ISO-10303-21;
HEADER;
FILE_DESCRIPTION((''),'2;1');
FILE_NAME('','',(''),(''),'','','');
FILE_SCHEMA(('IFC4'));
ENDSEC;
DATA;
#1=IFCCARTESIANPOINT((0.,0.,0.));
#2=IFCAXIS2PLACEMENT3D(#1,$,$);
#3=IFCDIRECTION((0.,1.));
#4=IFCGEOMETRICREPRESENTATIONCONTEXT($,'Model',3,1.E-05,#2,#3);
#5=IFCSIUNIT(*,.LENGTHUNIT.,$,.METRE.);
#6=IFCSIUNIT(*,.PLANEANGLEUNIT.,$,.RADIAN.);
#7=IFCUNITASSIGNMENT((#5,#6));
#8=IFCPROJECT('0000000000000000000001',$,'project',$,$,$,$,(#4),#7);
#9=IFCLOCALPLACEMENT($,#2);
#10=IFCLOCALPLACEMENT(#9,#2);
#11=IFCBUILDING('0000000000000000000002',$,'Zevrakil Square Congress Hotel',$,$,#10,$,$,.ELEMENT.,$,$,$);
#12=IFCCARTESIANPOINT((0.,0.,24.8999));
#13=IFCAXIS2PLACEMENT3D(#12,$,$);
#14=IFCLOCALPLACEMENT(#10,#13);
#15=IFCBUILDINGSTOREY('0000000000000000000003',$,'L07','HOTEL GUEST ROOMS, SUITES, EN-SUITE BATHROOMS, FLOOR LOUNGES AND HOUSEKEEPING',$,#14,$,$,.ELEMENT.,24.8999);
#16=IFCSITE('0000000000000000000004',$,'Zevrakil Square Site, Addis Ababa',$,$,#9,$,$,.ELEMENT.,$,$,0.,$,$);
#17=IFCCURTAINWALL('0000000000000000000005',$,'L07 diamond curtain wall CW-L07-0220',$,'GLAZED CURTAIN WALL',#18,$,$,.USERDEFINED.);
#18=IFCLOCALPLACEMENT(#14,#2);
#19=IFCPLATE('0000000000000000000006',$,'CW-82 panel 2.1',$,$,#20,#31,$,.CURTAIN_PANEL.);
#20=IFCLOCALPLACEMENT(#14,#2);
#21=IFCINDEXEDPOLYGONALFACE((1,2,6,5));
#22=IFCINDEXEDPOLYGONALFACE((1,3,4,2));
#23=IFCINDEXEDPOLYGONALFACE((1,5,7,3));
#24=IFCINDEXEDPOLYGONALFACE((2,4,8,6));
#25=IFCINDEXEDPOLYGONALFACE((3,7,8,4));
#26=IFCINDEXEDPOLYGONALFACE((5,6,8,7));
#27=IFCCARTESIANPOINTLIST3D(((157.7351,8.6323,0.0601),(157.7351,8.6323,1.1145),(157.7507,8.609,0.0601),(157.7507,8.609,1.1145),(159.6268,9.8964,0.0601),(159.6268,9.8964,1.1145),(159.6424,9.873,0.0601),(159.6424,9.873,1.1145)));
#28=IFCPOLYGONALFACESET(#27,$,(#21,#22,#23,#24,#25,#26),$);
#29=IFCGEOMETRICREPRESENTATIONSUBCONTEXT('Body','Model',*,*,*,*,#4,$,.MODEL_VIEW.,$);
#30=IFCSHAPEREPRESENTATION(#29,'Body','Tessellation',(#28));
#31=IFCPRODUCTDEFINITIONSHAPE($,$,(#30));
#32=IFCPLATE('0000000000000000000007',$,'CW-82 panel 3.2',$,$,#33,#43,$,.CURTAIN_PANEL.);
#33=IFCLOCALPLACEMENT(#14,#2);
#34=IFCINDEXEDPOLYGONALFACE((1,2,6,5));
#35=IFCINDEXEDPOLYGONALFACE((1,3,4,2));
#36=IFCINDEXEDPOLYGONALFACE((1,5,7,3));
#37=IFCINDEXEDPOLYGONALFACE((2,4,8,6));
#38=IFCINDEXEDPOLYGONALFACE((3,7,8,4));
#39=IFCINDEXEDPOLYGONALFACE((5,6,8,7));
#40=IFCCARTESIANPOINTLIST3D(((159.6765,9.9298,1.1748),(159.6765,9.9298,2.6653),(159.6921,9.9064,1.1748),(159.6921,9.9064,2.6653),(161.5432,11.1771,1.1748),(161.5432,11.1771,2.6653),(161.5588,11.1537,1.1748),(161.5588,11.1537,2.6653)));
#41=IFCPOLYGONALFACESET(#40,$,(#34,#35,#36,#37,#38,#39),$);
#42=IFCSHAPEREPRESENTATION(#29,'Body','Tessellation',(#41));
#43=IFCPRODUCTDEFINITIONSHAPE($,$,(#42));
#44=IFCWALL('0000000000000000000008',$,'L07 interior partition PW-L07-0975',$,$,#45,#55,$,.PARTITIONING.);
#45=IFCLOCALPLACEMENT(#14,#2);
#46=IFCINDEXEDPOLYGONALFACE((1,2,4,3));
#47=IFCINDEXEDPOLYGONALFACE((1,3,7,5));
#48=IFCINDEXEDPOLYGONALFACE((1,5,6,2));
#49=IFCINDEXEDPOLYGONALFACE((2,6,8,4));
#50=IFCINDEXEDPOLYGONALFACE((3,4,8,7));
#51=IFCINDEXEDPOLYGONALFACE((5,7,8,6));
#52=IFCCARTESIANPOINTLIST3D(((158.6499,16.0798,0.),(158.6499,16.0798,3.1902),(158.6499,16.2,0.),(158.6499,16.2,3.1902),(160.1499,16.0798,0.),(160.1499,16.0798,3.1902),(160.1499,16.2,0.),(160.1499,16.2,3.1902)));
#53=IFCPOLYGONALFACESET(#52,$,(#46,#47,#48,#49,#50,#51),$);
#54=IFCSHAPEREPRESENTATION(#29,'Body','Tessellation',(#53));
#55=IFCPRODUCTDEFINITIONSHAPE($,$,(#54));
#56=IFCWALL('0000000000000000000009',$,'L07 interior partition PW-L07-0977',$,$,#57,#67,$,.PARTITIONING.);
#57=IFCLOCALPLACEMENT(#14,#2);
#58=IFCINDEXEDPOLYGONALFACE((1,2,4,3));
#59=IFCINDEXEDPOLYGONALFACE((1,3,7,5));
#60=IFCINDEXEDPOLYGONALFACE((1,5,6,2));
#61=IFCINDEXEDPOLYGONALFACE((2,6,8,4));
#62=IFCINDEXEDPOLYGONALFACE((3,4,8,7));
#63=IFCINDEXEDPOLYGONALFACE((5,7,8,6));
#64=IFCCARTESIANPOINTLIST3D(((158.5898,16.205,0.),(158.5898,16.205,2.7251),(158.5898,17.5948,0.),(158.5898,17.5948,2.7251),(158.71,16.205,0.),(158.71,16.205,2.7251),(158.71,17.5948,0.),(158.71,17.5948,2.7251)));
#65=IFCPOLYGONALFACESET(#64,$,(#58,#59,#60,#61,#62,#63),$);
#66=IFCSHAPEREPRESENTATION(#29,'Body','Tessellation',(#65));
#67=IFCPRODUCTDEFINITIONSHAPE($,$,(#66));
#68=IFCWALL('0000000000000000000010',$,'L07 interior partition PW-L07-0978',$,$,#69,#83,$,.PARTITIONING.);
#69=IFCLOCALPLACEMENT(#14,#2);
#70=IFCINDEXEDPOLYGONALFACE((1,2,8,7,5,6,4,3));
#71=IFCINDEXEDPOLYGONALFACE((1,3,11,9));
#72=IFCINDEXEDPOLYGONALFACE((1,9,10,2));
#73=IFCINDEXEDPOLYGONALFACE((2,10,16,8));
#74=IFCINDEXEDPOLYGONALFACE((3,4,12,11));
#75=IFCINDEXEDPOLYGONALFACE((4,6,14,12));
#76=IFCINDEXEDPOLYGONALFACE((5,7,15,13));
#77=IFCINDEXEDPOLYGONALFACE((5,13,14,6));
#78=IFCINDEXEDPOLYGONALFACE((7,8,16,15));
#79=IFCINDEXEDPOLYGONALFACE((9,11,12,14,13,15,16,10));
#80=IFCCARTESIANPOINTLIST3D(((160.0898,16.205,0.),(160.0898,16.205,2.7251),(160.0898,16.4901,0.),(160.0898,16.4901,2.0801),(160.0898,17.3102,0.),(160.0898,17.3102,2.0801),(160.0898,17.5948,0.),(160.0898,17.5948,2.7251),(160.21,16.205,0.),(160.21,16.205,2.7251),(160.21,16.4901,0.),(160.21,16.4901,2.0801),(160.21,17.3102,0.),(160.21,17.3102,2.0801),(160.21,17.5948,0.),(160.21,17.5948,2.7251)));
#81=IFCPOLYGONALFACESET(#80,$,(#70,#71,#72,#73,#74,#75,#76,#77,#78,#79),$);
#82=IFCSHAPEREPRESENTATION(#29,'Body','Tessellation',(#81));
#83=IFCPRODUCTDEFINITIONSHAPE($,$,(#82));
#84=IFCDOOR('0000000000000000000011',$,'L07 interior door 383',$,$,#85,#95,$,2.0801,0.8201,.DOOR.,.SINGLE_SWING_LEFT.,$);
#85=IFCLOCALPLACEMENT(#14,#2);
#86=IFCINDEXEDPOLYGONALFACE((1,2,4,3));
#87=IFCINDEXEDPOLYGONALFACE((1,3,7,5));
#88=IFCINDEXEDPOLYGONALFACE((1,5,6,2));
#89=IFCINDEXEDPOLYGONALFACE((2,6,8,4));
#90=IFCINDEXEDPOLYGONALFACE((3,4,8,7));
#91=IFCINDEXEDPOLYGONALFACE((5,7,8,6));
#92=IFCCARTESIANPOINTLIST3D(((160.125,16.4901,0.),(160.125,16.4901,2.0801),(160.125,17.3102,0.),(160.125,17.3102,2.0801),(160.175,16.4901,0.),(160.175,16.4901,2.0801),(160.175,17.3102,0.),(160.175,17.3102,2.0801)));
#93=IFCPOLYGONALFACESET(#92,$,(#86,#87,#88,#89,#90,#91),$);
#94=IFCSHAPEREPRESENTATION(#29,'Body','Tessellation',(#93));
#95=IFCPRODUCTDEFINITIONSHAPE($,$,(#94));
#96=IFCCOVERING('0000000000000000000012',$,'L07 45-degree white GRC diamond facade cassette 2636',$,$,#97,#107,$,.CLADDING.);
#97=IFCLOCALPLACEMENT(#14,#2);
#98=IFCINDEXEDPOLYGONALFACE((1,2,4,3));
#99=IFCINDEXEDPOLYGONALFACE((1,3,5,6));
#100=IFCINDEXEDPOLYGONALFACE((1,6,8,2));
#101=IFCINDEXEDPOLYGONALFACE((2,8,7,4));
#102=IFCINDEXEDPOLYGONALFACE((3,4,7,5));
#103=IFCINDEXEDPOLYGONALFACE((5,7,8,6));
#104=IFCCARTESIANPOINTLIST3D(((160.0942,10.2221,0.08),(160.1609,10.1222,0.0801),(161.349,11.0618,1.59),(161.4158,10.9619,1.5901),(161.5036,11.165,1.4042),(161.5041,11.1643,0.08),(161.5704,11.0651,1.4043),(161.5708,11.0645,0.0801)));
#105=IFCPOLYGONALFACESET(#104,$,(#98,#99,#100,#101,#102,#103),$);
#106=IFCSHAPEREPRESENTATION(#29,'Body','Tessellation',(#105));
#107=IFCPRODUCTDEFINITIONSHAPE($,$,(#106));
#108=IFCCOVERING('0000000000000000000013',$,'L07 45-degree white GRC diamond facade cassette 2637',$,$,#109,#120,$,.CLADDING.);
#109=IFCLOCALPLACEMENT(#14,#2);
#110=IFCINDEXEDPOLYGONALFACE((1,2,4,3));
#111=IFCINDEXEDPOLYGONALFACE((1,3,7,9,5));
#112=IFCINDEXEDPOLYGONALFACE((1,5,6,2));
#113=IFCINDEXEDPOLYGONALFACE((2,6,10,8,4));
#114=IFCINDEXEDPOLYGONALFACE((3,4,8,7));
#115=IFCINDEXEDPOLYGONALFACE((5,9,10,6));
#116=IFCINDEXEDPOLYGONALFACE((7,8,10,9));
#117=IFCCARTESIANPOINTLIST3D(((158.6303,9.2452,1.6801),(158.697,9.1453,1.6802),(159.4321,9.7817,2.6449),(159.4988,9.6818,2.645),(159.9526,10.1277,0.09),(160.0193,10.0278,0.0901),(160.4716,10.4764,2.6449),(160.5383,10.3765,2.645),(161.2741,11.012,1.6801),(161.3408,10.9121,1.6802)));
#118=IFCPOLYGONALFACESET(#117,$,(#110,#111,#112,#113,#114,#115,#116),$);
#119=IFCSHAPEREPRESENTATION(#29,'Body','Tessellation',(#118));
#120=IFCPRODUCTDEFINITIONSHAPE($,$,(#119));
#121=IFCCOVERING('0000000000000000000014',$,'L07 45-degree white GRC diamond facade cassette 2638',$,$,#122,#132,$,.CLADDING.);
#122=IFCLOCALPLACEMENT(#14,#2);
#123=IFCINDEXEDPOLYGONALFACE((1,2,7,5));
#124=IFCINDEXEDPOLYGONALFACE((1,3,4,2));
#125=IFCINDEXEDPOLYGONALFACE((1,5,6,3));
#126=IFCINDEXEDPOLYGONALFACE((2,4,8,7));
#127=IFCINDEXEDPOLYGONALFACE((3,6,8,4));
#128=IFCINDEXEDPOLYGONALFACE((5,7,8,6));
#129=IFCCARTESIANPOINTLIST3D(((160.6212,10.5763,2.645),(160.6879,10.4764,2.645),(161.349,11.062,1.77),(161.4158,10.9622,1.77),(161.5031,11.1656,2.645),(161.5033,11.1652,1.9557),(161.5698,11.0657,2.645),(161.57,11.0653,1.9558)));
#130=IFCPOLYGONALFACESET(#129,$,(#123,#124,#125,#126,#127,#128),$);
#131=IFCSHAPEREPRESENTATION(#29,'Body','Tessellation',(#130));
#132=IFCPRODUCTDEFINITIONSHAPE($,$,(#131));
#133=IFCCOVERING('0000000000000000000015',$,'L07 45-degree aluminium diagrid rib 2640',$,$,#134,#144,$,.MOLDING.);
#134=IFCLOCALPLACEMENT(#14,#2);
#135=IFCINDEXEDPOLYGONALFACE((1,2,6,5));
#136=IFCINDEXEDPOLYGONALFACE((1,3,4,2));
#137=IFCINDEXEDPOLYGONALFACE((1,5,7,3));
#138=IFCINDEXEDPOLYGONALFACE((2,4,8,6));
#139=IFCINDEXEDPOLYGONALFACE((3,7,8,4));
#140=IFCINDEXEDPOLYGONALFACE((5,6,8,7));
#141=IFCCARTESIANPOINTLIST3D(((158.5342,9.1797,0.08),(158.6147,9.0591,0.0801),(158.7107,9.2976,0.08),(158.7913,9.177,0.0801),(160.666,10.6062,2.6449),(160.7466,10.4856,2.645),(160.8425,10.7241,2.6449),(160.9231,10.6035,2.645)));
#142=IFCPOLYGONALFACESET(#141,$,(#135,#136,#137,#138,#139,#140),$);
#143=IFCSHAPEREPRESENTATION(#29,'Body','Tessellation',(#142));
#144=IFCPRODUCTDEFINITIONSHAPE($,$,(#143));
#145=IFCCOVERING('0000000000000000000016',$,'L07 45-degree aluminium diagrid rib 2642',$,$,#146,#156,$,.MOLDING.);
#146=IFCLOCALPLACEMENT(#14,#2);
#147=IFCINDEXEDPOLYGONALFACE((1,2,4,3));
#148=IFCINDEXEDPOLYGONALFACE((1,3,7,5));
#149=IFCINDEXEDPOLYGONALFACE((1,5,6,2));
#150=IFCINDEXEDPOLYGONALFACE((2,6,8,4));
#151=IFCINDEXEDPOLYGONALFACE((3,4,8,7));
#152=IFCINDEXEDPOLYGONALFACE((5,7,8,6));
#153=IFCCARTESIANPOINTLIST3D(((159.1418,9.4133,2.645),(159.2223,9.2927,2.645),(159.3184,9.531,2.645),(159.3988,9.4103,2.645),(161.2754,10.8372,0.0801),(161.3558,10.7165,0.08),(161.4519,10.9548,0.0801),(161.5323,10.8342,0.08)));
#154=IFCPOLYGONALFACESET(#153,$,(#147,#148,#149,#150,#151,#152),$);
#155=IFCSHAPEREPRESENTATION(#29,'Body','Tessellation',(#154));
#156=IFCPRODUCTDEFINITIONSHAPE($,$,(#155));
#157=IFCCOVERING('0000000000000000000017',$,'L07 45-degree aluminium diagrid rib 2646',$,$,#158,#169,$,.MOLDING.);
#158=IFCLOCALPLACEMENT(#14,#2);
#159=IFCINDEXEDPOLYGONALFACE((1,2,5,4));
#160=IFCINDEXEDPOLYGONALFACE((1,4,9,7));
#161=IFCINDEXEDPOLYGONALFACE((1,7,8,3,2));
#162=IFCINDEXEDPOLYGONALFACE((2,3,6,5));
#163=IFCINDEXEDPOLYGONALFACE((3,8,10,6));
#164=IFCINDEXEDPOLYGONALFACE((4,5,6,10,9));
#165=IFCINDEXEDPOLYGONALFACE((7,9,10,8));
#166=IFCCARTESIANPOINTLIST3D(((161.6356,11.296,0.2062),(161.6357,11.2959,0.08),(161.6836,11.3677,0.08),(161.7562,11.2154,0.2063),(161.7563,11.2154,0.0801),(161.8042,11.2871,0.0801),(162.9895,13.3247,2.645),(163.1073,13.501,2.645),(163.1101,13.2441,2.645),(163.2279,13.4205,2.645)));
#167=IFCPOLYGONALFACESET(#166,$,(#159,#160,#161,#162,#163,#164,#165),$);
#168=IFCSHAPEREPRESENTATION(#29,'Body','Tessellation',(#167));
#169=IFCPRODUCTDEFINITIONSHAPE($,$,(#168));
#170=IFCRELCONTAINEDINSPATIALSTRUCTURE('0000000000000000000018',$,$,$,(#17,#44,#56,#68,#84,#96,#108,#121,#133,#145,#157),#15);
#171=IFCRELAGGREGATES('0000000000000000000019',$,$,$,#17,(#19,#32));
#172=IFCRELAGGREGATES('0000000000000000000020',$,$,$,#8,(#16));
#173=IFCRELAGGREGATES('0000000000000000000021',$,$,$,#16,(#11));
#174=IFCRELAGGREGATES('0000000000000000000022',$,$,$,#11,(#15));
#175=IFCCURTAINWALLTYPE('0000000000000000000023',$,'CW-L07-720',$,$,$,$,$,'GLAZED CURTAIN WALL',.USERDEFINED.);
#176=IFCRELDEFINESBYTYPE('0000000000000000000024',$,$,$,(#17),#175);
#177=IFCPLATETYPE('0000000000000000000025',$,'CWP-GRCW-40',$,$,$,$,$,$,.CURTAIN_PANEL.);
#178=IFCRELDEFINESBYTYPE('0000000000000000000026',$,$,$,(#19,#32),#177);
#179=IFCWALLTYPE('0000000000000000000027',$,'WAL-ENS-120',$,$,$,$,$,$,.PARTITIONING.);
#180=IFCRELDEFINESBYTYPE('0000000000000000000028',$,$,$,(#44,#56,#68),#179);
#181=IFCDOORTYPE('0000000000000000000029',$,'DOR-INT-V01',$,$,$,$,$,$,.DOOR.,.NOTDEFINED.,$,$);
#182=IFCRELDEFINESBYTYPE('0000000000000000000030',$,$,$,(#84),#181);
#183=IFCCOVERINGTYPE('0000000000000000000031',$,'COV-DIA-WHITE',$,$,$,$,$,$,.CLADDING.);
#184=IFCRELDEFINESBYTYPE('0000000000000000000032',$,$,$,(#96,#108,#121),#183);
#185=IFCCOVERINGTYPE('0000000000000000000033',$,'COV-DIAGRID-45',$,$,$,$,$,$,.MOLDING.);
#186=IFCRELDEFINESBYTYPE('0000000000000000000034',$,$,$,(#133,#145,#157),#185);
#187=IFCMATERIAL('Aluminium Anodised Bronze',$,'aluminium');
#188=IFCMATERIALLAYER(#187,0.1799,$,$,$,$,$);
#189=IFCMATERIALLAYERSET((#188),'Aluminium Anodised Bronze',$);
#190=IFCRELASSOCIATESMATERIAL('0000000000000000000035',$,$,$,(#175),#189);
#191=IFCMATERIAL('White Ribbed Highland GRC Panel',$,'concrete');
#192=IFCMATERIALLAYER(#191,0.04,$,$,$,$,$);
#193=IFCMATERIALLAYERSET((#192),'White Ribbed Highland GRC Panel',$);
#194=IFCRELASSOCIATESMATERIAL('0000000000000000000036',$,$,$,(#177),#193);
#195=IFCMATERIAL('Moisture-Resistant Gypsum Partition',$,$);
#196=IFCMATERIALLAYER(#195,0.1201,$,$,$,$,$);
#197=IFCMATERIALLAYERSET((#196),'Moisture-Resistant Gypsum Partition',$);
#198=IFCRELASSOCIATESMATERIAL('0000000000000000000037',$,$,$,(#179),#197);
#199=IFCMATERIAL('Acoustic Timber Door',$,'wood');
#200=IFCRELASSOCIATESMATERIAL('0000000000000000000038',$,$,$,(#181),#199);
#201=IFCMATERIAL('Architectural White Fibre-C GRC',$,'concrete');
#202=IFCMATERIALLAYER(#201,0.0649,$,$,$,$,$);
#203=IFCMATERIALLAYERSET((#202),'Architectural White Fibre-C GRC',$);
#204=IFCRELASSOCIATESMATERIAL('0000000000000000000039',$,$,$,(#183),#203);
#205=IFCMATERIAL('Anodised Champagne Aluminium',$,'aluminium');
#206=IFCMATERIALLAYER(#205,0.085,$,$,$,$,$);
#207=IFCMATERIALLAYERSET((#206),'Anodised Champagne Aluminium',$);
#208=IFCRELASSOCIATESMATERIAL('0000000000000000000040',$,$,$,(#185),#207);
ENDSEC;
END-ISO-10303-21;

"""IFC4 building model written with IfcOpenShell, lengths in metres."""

from ifc_helpers import new_model, si_unit, direction, frame, frame_2d, origin, origin_2d, place, context, subcontext, project, spatial, polyline, rectangle, outline, extrude, material, layer, layer_set, type_object, element, fill, aggregate, save


model = new_model("IFC4")

# Units and contexts
model_context = context("Model", 3, precision=1e-05, world=origin(), true_north=direction((0.0, 1.0)))
body_context = subcontext(model_context, "Body", "Model", "MODEL_VIEW")
ifc_project = project(units=[si_unit("LENGTHUNIT", "METRE"), si_unit("PLANEANGLEUNIT", "RADIAN")], contexts=[model_context])

# Site, building, storey
site_placement = place(None, origin())
site = spatial("IfcSite", under=ifc_project, at=site_placement, Name="Zevrakil Square Site, Addis Ababa", CompositionType="ELEMENT", RefElevation=0.0)
building_placement = place(site_placement, origin())
building = spatial("IfcBuilding", under=site, at=building_placement, Name="Zevrakil Square Congress Hotel", CompositionType="ELEMENT")
storey_placement = place(building_placement, frame((0.0, 0.0, 24.8999)))
storey = spatial("IfcBuildingStorey", under=building, at=storey_placement, Name="L07", Description="HOTEL GUEST ROOMS, SUITES, EN-SUITE BATHROOMS, FLOOR LOUNGES AND HOUSEKEEPING", CompositionType="ELEMENT", Elevation=24.8999)

# Curtain wall
ifc_material_1 = material(Name="Aluminium Anodised Bronze", Category="aluminium")
ifc_layer_1 = layer(ifc_material_1, 0.1799)
ifc_layer_set_1 = layer_set([ifc_layer_1], Name="Aluminium Anodised Bronze")
curtain_wall_type = type_object("IfcCurtainWallType", Name="CW-L07-720", ElementType="GLAZED CURTAIN WALL", PredefinedType="USERDEFINED", material=ifc_layer_set_1)
curtain_wall_1_placement = place(storey_placement, origin())
curtain_wall_1 = element("IfcCurtainWall", 1, at=curtain_wall_1_placement, inside=storey, type_object=curtain_wall_type, Name="L07 diamond curtain wall CW-L07-0220", ObjectType="GLAZED CURTAIN WALL", PredefinedType="USERDEFINED")

# Plates
ifc_material_2 = material(Name="White Ribbed Highland GRC Panel", Category="concrete")
ifc_layer_2 = layer(ifc_material_2, 0.04)
ifc_layer_set_2 = layer_set([ifc_layer_2], Name="White Ribbed Highland GRC Panel")
plate_type_1 = type_object("IfcPlateType", Name="CWP-GRCW-40", PredefinedType="CURTAIN_PANEL", material=ifc_layer_set_2)
plate_1_placement = place(storey_placement, frame((158.6887, 9.2527, 0.0601), z_axis=(0.0, 0.0, 1.0), x_axis=(0.831466, 0.555576, 0.0)))
plate_1 = element("IfcPlate", 2, at=plate_1_placement, type_object=plate_type_1, Name="CW-82 panel 2.1", PredefinedType="CURTAIN_PANEL", context=body_context, shape_type="SweptSolid", body=[
    extrude(rectangle(XDim=2.2751, YDim=0.0281, at=origin_2d()), origin(), (0.0, 0.0, 1.0), 1.0544),
])
plate_2_placement = place(storey_placement, frame((160.6177, 10.5417, 1.1748), z_axis=(0.0, 0.0, 1.0), x_axis=(0.831466, 0.555576, 0.0)))
plate_2 = element("IfcPlate", 3, at=plate_2_placement, type_object=plate_type_1, Name="CW-82 panel 3.2", PredefinedType="CURTAIN_PANEL", context=body_context, shape_type="SweptSolid", body=[
    extrude(rectangle(XDim=2.2451, YDim=0.0281, at=origin_2d()), origin(), (0.0, 0.0, 1.0), 1.4905),
])
aggregate(curtain_wall_1, [plate_1, plate_2])

# Walls
ifc_material_3 = material(Name="Moisture-Resistant Gypsum Partition")
ifc_layer_3 = layer(ifc_material_3, 0.1201)
ifc_layer_set_3 = layer_set([ifc_layer_3], Name="Moisture-Resistant Gypsum Partition")
wall_type = type_object("IfcWallType", Name="WAL-ENS-120", PredefinedType="PARTITIONING", material=ifc_layer_set_3)
wall_1_placement = place(storey_placement, frame((158.6499, 16.1399, 0.0), z_axis=(0.0, 0.0, 1.0), x_axis=(1.0, 0.0, 0.0)))
element("IfcWall", 4, at=wall_1_placement, inside=storey, type_object=wall_type, Name="L07 interior partition PW-L07-0975", PredefinedType="PARTITIONING", context=body_context, shape_type="SweptSolid", body=[
    extrude(rectangle(XDim=1.5, YDim=0.1201, at=frame_2d((0.75, 0.0))), origin(), (0.0, 0.0, 1.0), 3.1902),
])
wall_2_placement = place(storey_placement, frame((158.6499, 16.2051, 0.0), z_axis=(0.0, 0.0, 1.0), x_axis=(0.0, 1.0, 0.0)))
element("IfcWall", 5, at=wall_2_placement, inside=storey, type_object=wall_type, Name="L07 interior partition PW-L07-0977", PredefinedType="PARTITIONING", context=body_context, shape_type="SweptSolid", body=[
    extrude(rectangle(XDim=1.3899, YDim=0.1201, at=frame_2d((0.6948, 0.0))), origin(), (0.0, 0.0, 1.0), 2.7251),
])

# Wall, opening, door
wall_3_placement = place(storey_placement, frame((160.1499, 16.2051, 0.0), z_axis=(0.0, 0.0, 1.0), x_axis=(0.0, 1.0, 0.0)))
wall_3 = element("IfcWall", 6, at=wall_3_placement, inside=storey, type_object=wall_type, Name="L07 interior partition PW-L07-0978", PredefinedType="PARTITIONING", context=body_context, shape_type="SweptSolid", body=[
    extrude(rectangle(XDim=1.3899, YDim=0.1201, at=frame_2d((0.6948, 0.0))), origin(), (0.0, 0.0, 1.0), 2.7251),
])
opening_placement = place(wall_3_placement, frame((0.2849, 0.0, 0.0)))
opening = element("IfcOpeningElement", 7, at=opening_placement, cuts=wall_3, PredefinedType="OPENING", context=body_context, shape_type="SweptSolid", body=[
    extrude(rectangle(XDim=0.8201, YDim=2.0801, at=frame_2d((0.4102, 1.04))), frame((0.0, 0.0701, 0.0), z_axis=(0.0, -1.0, 0.0), x_axis=(1.0, 0.0, 0.0)), (0.0, 0.0, 1.0), 0.1401),
])
ifc_material_4 = material(Name="Acoustic Timber Door", Category="wood")
door_type = type_object("IfcDoorType", Name="DOR-INT-V01", OperationType="NOTDEFINED", PredefinedType="DOOR", material=ifc_material_4)
door_placement = place(opening_placement, origin())
door = element("IfcDoor", 8, at=door_placement, inside=storey, type_object=door_type, Name="L07 interior door 383", OperationType="SINGLE_SWING_LEFT", OverallHeight=2.0801, OverallWidth=0.8201, PredefinedType="DOOR", context=body_context, shape_type="SweptSolid", body=[
    extrude(rectangle(XDim=0.8201, YDim=2.0801, at=frame_2d((0.4102, 1.04))), frame((0.0, 0.0249, 0.0), z_axis=(0.0, -1.0, 0.0), x_axis=(1.0, 0.0, 0.0)), (0.0, 0.0, 1.0), 0.05),
])
fill(opening, door)

# Coverings
ifc_material_5 = material(Name="Architectural White Fibre-C GRC", Category="concrete")
ifc_layer_4 = layer(ifc_material_5, 0.0649)
ifc_layer_set_4 = layer_set([ifc_layer_4], Name="Architectural White Fibre-C GRC")
covering_type_1 = type_object("IfcCoveringType", Name="COV-DIA-WHITE", PredefinedType="CLADDING", material=ifc_layer_set_4)
covering_1_placement = place(storey_placement, frame((161.4158, 10.9619, 1.5901), z_axis=(0.555646, -0.831419, 0.000588), x_axis=(0.588259, 0.39264, -0.706955)))
element("IfcCovering", 9, at=covering_1_placement, inside=storey, type_object=covering_type_1, Name="L07 45-degree white GRC diamond facade cassette 2636", PredefinedType="CLADDING", context=body_context, shape_type="SweptSolid", body=[
    extrude(outline(polyline([(0.0, 0.0), (0.2628, 0.0), (1.199, -0.9366), (-0.0003, -2.1354), (0.0, 0.0)])), origin(), (0.0, 0.0, -1.0), 0.1201),
])
covering_2_placement = place(storey_placement, frame((161.3408, 10.9121, 1.6802), z_axis=(0.555628, -0.831431, 0.000601), x_axis=(-0.587675, -0.393242, -0.707106)))
element("IfcCovering", 10, at=covering_2_placement, inside=storey, type_object=covering_type_1, Name="L07 45-degree white GRC diamond facade cassette 2637", PredefinedType="CLADDING", context=body_context, shape_type="SweptSolid", body=[
    extrude(outline(polyline([(0.0, 0.0), (2.2487, 0.0), (2.2485, -2.2485), (0.8841, -2.2485), (0.0, -1.3645), (0.0, 0.0)])), origin(), (0.0, 0.0, -1.0), 0.1201),
])
covering_3_placement = place(storey_placement, frame((161.4158, 10.9622, 1.77), z_axis=(0.555534, -0.831493, 0.000561), x_axis=(-0.588191, -0.392503, 0.707087)))
element("IfcCovering", 11, at=covering_3_placement, inside=storey, type_object=covering_type_1, Name="L07 45-degree white GRC diamond facade cassette 2638", PredefinedType="CLADDING", context=body_context, shape_type="SweptSolid", body=[
    extrude(outline(polyline([(0.0, 0.0), (1.2375, 0.0), (0.4875, -0.75), (0.0002, -0.2626), (0.0, 0.0)])), origin(), (0.0, 0.0, -1.0), 0.1201),
])
ifc_material_6 = material(Name="Anodised Champagne Aluminium", Category="aluminium")
ifc_layer_5 = layer(ifc_material_6, 0.085)
ifc_layer_set_5 = layer_set([ifc_layer_5], Name="Anodised Champagne Aluminium")
covering_type_2 = type_object("IfcCoveringType", Name="COV-DIAGRID-45", PredefinedType="MOLDING", material=ifc_layer_set_5)
covering_4_placement = place(storey_placement, frame((158.7913, 9.177, 0.0801), z_axis=(0.555496, -0.831519, 0.000759), x_axis=(-0.831519, -0.555496, 0.0)))
element("IfcCovering", 12, at=covering_4_placement, inside=storey, type_object=covering_type_2, Name="L07 45-degree aluminium diagrid rib 2640", PredefinedType="MOLDING", context=body_context, shape_type="SweptSolid", body=[
    extrude(outline(polyline([(0.0, 0.0), (0.2123, 0.0), (-2.3528, -2.5649), (-2.5651, -2.5649), (0.0, 0.0)])), origin(), (0.0, 0.0, -1.0), 0.145),
])
covering_5_placement = place(storey_placement, frame((159.1418, 9.4133, 2.645), z_axis=(-0.5547, 0.83205, 0.000475), x_axis=(0.83205, 0.5547, 0.0)))
element("IfcCovering", 13, at=covering_5_placement, inside=storey, type_object=covering_type_2, Name="L07 45-degree aluminium diagrid rib 2642", PredefinedType="MOLDING", context=body_context, shape_type="SweptSolid", body=[
    extrude(outline(polyline([(0.0, 0.0), (0.2121, 0.0), (2.7772, 2.5649), (2.565, 2.5649), (0.0, 0.0)])), origin(), (0.0, 0.0, -1.0), 0.145),
])
covering_6_placement = place(storey_placement, frame((161.8042, 11.2871, 0.0801), z_axis=(0.831535, -0.555473, 0.00046), x_axis=(-0.555473, -0.831535, 0.0)))
element("IfcCovering", 14, at=covering_6_placement, inside=storey, type_object=covering_type_2, Name="L07 45-degree aluminium diagrid rib 2646", PredefinedType="MOLDING", context=body_context, shape_type="SweptSolid", body=[
    extrude(outline(polyline([(0.0, 0.0), (0.0863, 0.0), (0.0863, -0.1262), (-2.3527, -2.5649), (-2.5648, -2.5649), (0.0, 0.0)])), origin(), (0.0, 0.0, -1.0), 0.145),
])

save(model, "model.ifc")
